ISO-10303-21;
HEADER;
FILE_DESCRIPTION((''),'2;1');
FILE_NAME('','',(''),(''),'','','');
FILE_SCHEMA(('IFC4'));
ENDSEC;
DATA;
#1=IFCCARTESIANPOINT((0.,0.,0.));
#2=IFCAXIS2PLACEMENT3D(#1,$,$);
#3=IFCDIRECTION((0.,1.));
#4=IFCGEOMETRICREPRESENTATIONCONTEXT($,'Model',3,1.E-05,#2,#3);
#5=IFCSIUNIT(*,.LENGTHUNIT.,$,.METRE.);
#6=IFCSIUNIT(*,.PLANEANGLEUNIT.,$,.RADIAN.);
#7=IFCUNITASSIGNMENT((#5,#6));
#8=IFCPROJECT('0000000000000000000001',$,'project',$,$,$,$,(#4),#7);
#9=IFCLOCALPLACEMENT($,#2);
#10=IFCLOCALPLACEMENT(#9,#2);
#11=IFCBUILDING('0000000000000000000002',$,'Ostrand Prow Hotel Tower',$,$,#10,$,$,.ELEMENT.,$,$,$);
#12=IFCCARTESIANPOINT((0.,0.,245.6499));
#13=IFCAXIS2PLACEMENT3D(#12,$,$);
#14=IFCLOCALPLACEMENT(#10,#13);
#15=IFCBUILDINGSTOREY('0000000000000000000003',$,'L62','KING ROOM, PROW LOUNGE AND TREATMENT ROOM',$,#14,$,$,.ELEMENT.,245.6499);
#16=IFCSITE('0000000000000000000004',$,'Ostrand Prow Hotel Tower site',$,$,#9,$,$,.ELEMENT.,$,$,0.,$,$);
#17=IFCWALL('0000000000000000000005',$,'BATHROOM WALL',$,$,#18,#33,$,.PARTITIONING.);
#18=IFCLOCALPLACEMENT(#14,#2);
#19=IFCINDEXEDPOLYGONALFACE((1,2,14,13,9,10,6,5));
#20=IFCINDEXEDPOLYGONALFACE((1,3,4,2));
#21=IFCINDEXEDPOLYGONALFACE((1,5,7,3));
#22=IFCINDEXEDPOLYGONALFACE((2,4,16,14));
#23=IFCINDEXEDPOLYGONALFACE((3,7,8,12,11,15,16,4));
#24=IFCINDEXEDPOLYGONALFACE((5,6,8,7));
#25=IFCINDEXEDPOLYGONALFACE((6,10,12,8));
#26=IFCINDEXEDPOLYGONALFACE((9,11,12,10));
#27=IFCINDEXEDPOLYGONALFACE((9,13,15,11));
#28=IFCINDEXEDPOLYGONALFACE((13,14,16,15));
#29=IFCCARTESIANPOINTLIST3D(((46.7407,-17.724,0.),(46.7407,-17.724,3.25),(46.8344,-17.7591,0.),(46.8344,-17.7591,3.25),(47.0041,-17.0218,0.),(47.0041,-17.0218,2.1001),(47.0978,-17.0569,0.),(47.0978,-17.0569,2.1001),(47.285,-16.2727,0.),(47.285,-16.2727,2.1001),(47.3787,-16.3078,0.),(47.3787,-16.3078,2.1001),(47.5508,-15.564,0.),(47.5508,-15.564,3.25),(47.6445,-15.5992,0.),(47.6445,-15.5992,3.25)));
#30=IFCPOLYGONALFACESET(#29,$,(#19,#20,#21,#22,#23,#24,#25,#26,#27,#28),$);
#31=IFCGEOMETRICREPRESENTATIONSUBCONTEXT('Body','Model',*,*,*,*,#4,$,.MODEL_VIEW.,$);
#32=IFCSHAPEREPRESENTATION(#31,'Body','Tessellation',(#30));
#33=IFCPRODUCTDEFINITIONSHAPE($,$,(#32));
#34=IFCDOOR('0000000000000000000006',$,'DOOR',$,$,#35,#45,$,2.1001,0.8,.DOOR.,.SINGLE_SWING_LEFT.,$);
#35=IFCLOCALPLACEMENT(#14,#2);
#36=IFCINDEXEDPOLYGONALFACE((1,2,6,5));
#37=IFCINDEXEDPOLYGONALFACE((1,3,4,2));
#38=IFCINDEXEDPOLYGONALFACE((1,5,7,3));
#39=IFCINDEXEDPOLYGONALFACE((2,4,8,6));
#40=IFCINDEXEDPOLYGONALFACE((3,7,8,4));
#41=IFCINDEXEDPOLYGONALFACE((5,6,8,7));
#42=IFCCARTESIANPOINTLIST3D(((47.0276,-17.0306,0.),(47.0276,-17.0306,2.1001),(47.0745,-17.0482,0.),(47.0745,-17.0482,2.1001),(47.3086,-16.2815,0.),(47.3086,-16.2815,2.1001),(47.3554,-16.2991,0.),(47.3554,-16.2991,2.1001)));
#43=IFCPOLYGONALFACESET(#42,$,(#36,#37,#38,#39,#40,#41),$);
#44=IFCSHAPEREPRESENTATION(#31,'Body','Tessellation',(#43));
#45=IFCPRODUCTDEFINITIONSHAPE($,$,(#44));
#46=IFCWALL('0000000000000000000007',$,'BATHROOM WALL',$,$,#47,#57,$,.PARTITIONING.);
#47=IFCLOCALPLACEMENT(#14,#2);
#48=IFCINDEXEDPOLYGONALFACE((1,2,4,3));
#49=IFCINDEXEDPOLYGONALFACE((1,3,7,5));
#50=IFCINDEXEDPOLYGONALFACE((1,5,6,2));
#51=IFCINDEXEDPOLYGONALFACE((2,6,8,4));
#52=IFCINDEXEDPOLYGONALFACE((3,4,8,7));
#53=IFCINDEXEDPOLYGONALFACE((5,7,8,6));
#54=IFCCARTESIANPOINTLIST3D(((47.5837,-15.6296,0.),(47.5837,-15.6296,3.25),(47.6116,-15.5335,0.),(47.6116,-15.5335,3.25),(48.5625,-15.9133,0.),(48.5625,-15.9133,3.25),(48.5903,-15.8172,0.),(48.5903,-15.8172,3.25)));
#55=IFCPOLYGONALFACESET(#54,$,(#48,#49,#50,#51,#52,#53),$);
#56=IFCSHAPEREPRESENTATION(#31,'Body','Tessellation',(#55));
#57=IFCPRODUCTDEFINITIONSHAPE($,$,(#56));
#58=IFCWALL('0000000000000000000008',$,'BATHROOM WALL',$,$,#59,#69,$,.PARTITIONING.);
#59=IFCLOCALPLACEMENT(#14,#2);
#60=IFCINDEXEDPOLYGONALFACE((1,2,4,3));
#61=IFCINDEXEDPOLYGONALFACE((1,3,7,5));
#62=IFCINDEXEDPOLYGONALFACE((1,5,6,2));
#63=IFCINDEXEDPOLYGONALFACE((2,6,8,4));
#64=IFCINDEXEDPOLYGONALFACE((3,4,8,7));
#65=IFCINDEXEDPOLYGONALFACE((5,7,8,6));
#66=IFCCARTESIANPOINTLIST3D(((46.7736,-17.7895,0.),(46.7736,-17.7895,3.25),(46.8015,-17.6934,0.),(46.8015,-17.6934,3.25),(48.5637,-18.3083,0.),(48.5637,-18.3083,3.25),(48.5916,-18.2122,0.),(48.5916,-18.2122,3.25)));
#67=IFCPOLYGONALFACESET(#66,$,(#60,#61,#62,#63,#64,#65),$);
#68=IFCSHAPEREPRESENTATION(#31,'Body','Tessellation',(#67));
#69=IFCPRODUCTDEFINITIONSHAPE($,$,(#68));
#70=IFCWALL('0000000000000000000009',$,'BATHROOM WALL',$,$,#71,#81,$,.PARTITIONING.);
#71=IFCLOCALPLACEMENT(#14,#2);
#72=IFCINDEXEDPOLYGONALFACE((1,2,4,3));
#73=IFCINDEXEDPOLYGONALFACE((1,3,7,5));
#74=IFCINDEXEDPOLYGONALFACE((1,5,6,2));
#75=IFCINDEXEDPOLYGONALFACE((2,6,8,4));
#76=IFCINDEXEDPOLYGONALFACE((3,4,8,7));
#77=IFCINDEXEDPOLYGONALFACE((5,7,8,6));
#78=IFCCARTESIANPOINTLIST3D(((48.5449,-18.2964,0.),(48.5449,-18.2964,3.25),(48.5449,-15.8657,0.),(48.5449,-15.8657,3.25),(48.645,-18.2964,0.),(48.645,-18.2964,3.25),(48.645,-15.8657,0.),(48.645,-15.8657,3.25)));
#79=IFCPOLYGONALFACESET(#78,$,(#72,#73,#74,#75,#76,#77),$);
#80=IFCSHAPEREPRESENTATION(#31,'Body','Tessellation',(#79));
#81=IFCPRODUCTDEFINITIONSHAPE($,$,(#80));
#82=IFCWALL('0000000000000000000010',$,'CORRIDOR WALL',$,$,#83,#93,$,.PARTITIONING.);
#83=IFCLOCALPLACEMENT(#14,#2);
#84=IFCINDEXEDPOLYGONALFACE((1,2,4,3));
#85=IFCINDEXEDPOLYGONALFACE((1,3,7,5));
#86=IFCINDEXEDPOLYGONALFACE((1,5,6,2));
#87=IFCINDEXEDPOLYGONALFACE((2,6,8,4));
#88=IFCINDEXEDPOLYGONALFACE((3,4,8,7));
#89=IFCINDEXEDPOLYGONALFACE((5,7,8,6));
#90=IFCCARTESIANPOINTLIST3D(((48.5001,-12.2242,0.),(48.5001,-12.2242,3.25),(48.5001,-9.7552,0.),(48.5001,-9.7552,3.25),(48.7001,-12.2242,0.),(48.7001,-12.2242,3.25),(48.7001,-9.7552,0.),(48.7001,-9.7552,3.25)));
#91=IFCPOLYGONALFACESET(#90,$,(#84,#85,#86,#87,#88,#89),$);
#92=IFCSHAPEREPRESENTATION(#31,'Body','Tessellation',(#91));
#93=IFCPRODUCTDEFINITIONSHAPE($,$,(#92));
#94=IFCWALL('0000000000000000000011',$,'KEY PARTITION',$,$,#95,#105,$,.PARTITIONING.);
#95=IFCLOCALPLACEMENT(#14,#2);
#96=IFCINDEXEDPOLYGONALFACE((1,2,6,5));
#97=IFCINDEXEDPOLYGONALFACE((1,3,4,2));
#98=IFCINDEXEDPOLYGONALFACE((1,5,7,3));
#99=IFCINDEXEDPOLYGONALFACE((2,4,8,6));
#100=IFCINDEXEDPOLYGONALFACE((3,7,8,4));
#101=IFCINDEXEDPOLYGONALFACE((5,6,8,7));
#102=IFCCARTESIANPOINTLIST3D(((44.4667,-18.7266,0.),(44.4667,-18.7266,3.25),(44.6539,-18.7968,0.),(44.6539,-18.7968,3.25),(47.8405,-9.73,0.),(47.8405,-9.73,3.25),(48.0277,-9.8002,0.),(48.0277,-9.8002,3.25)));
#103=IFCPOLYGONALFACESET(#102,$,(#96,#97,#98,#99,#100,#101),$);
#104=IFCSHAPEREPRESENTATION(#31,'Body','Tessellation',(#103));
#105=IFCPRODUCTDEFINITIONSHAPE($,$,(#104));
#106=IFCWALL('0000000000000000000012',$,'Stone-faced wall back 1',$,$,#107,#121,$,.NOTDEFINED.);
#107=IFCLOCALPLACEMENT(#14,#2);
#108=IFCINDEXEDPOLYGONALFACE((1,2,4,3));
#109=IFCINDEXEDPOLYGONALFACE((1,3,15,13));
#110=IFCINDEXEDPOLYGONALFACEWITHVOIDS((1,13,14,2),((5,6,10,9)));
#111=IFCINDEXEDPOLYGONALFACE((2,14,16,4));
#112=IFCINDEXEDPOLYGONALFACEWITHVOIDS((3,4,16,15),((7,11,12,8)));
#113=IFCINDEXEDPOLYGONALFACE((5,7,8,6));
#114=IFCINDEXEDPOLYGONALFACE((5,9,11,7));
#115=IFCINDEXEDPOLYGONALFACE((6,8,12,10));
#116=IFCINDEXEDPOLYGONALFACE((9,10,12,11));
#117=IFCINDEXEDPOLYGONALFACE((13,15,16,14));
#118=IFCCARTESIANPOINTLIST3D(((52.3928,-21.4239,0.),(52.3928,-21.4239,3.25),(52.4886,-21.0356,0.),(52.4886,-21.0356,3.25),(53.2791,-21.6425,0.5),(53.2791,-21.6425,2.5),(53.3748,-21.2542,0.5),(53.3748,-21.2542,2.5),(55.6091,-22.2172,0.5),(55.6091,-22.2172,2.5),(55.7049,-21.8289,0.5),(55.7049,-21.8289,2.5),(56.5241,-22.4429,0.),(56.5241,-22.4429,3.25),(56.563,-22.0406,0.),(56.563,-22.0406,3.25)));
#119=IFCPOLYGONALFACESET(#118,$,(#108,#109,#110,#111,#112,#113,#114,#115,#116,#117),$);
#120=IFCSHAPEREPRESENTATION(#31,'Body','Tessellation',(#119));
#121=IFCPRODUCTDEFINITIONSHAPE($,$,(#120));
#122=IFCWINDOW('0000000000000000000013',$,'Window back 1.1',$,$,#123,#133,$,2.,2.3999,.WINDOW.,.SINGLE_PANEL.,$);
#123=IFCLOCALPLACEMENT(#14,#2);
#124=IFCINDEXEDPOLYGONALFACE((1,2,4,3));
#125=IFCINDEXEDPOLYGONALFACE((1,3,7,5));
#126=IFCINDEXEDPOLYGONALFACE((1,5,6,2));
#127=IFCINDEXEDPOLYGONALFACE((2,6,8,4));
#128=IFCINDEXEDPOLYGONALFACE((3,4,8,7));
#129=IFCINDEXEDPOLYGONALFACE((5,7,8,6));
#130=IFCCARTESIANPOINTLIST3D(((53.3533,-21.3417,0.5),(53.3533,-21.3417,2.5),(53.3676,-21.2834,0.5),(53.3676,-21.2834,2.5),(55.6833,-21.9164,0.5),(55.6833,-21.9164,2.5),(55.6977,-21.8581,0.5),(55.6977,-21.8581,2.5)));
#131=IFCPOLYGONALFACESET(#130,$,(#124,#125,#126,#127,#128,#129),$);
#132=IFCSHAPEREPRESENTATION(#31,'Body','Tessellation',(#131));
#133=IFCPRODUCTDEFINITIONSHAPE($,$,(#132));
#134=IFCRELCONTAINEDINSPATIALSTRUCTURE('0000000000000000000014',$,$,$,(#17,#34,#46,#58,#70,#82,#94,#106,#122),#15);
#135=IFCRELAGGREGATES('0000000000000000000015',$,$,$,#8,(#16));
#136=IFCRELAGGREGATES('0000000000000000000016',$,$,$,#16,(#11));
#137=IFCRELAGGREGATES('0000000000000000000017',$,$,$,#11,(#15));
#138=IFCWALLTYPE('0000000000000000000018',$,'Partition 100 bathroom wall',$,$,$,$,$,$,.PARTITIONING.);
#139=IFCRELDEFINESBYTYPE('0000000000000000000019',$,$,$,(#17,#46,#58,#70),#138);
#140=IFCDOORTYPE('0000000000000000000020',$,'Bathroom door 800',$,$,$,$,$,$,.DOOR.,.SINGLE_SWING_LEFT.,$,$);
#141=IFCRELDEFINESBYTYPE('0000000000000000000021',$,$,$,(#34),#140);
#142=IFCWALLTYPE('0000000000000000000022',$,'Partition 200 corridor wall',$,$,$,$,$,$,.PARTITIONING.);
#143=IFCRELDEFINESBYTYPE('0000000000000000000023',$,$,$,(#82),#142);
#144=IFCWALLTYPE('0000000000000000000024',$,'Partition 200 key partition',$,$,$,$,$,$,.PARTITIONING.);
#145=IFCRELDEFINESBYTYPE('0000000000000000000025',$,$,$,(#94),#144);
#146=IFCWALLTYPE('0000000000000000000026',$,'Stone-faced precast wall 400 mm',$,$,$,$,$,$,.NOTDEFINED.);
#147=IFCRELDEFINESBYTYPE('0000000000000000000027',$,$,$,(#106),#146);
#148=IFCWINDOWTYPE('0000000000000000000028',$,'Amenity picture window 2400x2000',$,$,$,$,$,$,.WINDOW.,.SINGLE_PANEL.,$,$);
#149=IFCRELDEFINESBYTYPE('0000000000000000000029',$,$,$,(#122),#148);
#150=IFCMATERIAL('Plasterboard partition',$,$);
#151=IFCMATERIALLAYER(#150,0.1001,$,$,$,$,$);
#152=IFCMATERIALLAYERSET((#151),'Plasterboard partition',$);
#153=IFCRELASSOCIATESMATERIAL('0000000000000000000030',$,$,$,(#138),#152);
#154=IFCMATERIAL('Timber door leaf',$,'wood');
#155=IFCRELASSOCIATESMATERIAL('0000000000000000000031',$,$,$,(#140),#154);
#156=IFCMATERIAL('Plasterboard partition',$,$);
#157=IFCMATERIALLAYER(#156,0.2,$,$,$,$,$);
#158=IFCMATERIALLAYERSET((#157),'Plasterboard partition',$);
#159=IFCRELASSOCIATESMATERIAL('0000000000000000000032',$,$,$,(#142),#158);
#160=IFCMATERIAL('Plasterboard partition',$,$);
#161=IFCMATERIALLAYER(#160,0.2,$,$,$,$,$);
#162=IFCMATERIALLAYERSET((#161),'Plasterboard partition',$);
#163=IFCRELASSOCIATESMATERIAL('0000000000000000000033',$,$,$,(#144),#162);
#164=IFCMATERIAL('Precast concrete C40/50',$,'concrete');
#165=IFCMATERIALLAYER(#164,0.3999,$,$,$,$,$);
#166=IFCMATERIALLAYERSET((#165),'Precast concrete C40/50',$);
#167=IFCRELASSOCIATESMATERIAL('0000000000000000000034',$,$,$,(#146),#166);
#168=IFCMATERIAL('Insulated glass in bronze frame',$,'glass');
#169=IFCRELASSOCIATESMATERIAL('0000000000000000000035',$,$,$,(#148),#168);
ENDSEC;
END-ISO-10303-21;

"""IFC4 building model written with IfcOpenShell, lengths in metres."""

from ifc_helpers import new_model, si_unit, direction, frame, frame_2d, origin, place, context, subcontext, project, spatial, polyline, rectangle, outline, extrude, material, layer, layer_set, type_object, element, fill, save


model = new_model("IFC4")

# Units and contexts
model_context = context("Model", 3, precision=1e-05, world=origin(), true_north=direction((0.0, 1.0)))
body_context = subcontext(model_context, "Body", "Model", "MODEL_VIEW")
ifc_project = project(units=[si_unit("LENGTHUNIT", "METRE"), si_unit("PLANEANGLEUNIT", "RADIAN")], contexts=[model_context])

# Site, building, storey
site_placement = place(None, origin())
site = spatial("IfcSite", under=ifc_project, at=site_placement, Name="Ostrand Prow Hotel Tower site", CompositionType="ELEMENT", RefElevation=0.0)
building_placement = place(site_placement, origin())
building = spatial("IfcBuilding", under=site, at=building_placement, Name="Ostrand Prow Hotel Tower", CompositionType="ELEMENT")
storey_placement = place(building_placement, frame((0.0, 0.0, 245.6499)))
storey = spatial("IfcBuildingStorey", under=building, at=storey_placement, Name="L62", Description="KING ROOM, PROW LOUNGE AND TREATMENT ROOM", CompositionType="ELEMENT", Elevation=245.6499)

# Wall, opening, door
ifc_material_1 = material(Name="Plasterboard partition")
ifc_layer_1 = layer(ifc_material_1, 0.1001)
ifc_layer_set_1 = layer_set([ifc_layer_1], Name="Plasterboard partition")
wall_type_1 = type_object("IfcWallType", Name="Partition 100 bathroom wall", PredefinedType="PARTITIONING", material=ifc_layer_set_1)
wall_1_placement = place(storey_placement, frame((46.7876, -17.7415, 0.0), z_axis=(0.0, 0.0, 1.0), x_axis=(0.351158, 0.936316, 0.0)))
wall_1 = element("IfcWall", 1, at=wall_1_placement, inside=storey, type_object=wall_type_1, Name="BATHROOM WALL", PredefinedType="PARTITIONING", context=body_context, shape_type="SweptSolid", body=[
    extrude(rectangle(XDim=2.3069, YDim=0.1001, at=frame_2d((1.1533, 0.0))), origin(), (0.0, 0.0, 1.0), 3.25),
])
opening_1_placement = place(wall_1_placement, frame((0.75, 0.0, 0.0)))
opening_1 = element("IfcOpeningElement", 2, at=opening_1_placement, cuts=wall_1, PredefinedType="OPENING", context=body_context, shape_type="SweptSolid", body=[
    extrude(rectangle(XDim=0.8, YDim=2.1001, at=frame_2d((0.3999, 1.05))), frame((0.0, 0.0601, 0.0), z_axis=(0.0, -1.0, 0.0), x_axis=(1.0, 0.0, 0.0)), (0.0, 0.0, 1.0), 0.1201),
])
ifc_material_2 = material(Name="Timber door leaf", Category="wood")
door_type_1 = type_object("IfcDoorType", Name="Bathroom door 800", OperationType="SINGLE_SWING_LEFT", PredefinedType="DOOR", material=ifc_material_2)
door_1_placement = place(opening_1_placement, origin())
door_1 = element("IfcDoor", 3, at=door_1_placement, inside=storey, type_object=door_type_1, Name="DOOR", OperationType="SINGLE_SWING_LEFT", OverallHeight=2.1001, OverallWidth=0.8, PredefinedType="DOOR", context=body_context, shape_type="SweptSolid", body=[
    extrude(rectangle(XDim=0.8, YDim=2.1001, at=frame_2d((0.3999, 1.05))), frame((0.0, 0.0249, 0.0), z_axis=(0.0, -1.0, 0.0), x_axis=(1.0, 0.0, 0.0)), (0.0, 0.0, 1.0), 0.05),
])
fill(opening_1, door_1)

# Walls
wall_2_placement = place(storey_placement, frame((47.5977, -15.5815, 0.0), z_axis=(0.0, 0.0, 1.0), x_axis=(0.960468, -0.27839, 0.0)))
element("IfcWall", 4, at=wall_2_placement, inside=storey, type_object=wall_type_1, Name="BATHROOM WALL", PredefinedType="PARTITIONING", context=body_context, shape_type="SweptSolid", body=[
    extrude(rectangle(XDim=1.019, YDim=0.1001, at=frame_2d((0.5095, 0.0))), origin(), (0.0, 0.0, 1.0), 3.25),
])
wall_3_placement = place(storey_placement, frame((48.5776, -18.2603, 0.0), z_axis=(0.0, 0.0, 1.0), x_axis=(-0.960474, 0.27837, 0.0)))
element("IfcWall", 5, at=wall_3_placement, inside=storey, type_object=wall_type_1, Name="BATHROOM WALL", PredefinedType="PARTITIONING", context=body_context, shape_type="SweptSolid", body=[
    extrude(rectangle(XDim=1.8638, YDim=0.1001, at=frame_2d((0.9319, 0.0))), origin(), (0.0, 0.0, 1.0), 3.25),
])
wall_4_placement = place(storey_placement, frame((48.595, -15.8657, 0.0), z_axis=(0.0, 0.0, 1.0), x_axis=(0.0, -1.0, 0.0)))
element("IfcWall", 6, at=wall_4_placement, inside=storey, type_object=wall_type_1, Name="BATHROOM WALL", PredefinedType="PARTITIONING", context=body_context, shape_type="SweptSolid", body=[
    extrude(rectangle(XDim=2.4307, YDim=0.1001, at=frame_2d((1.2153, 0.0))), origin(), (0.0, 0.0, 1.0), 3.25),
])
ifc_material_3 = material(Name="Plasterboard partition")
ifc_layer_2 = layer(ifc_material_3, 0.2)
ifc_layer_set_2 = layer_set([ifc_layer_2], Name="Plasterboard partition")
wall_type_2 = type_object("IfcWallType", Name="Partition 200 corridor wall", PredefinedType="PARTITIONING", material=ifc_layer_set_2)
wall_5_placement = place(storey_placement, frame((48.6001, -12.2241, 0.0), z_axis=(0.0, 0.0, 1.0), x_axis=(0.0, 1.0, 0.0)))
element("IfcWall", 7, at=wall_5_placement, inside=storey, type_object=wall_type_2, Name="CORRIDOR WALL", PredefinedType="PARTITIONING", context=body_context, shape_type="SweptSolid", body=[
    extrude(rectangle(XDim=2.469, YDim=0.2, at=frame_2d((1.2344, 0.0))), origin(), (0.0, 0.0, 1.0), 3.25),
])
ifc_material_4 = material(Name="Plasterboard partition")
ifc_layer_3 = layer(ifc_material_4, 0.2)
ifc_layer_set_3 = layer_set([ifc_layer_3], Name="Plasterboard partition")
wall_type_3 = type_object("IfcWallType", Name="Partition 200 key partition", PredefinedType="PARTITIONING", material=ifc_layer_set_3)
wall_6_placement = place(storey_placement, frame((44.5603, -18.7617, 0.0), z_axis=(0.0, 0.0, 1.0), x_axis=(0.351129, 0.936327, 0.0)))
element("IfcWall", 8, at=wall_6_placement, inside=storey, type_object=wall_type_3, Name="KEY PARTITION", PredefinedType="PARTITIONING", context=body_context, shape_type="SweptSolid", body=[
    extrude(rectangle(XDim=9.6084, YDim=0.2, at=frame_2d((4.8042, 0.0))), origin(), (0.0, 0.0, 1.0), 3.25),
])

# Wall, opening, window
ifc_material_5 = material(Name="Precast concrete C40/50", Category="concrete")
ifc_layer_4 = layer(ifc_material_5, 0.3999)
ifc_layer_set_4 = layer_set([ifc_layer_4], Name="Precast concrete C40/50")
wall_type_4 = type_object("IfcWallType", Name="Stone-faced precast wall 400 mm", PredefinedType="NOTDEFINED", material=ifc_layer_set_4)
wall_7_placement = place(storey_placement, frame((52.4407, -21.2297, 0.0), z_axis=(0.0, 0.0, 1.0), x_axis=(0.970902, -0.239476, 0.0)))
wall_7 = element("IfcWall", 9, at=wall_7_placement, inside=storey, type_object=wall_type_4, Name="Stone-faced wall back 1", PredefinedType="NOTDEFINED", context=body_context, shape_type="SweptSolid", body=[
    extrude(outline(polyline([(0.0, -0.2), (4.2551, -0.2), (4.1965, 0.2), (0.0, 0.2), (0.0, -0.2)])), origin(), (0.0, 0.0, 1.0), 3.25),
])
opening_2_placement = place(wall_7_placement, frame((0.9128, 0.0, 0.5)))
opening_2 = element("IfcOpeningElement", 10, at=opening_2_placement, cuts=wall_7, PredefinedType="OPENING", context=body_context, shape_type="SweptSolid", body=[
    extrude(rectangle(XDim=2.3999, YDim=2.0, at=frame_2d((1.2, 1.0))), frame((0.0, 0.21, 0.0), z_axis=(0.0, -1.0, 0.0), x_axis=(1.0, 0.0, 0.0)), (0.0, 0.0, 1.0), 0.4199),
])
ifc_material_6 = material(Name="Insulated glass in bronze frame", Category="glass")
window_type = type_object("IfcWindowType", Name="Amenity picture window 2400x2000", PartitioningType="SINGLE_PANEL", PredefinedType="WINDOW", material=ifc_material_6)
window_placement = place(opening_2_placement, origin())
window = element("IfcWindow", 11, at=window_placement, inside=storey, type_object=window_type, Name="Window back 1.1", OverallHeight=2.0, OverallWidth=2.3999, PartitioningType="SINGLE_PANEL", PredefinedType="WINDOW", context=body_context, shape_type="SweptSolid", body=[
    extrude(rectangle(XDim=2.3999, YDim=2.0, at=frame_2d((1.2, 1.0))), frame((0.0, 0.1699, 0.0), z_axis=(0.0, -1.0, 0.0), x_axis=(1.0, 0.0, 0.0)), (0.0, 0.0, 1.0), 0.0601),
])
fill(opening_2, window)

save(model, "model.ifc")
